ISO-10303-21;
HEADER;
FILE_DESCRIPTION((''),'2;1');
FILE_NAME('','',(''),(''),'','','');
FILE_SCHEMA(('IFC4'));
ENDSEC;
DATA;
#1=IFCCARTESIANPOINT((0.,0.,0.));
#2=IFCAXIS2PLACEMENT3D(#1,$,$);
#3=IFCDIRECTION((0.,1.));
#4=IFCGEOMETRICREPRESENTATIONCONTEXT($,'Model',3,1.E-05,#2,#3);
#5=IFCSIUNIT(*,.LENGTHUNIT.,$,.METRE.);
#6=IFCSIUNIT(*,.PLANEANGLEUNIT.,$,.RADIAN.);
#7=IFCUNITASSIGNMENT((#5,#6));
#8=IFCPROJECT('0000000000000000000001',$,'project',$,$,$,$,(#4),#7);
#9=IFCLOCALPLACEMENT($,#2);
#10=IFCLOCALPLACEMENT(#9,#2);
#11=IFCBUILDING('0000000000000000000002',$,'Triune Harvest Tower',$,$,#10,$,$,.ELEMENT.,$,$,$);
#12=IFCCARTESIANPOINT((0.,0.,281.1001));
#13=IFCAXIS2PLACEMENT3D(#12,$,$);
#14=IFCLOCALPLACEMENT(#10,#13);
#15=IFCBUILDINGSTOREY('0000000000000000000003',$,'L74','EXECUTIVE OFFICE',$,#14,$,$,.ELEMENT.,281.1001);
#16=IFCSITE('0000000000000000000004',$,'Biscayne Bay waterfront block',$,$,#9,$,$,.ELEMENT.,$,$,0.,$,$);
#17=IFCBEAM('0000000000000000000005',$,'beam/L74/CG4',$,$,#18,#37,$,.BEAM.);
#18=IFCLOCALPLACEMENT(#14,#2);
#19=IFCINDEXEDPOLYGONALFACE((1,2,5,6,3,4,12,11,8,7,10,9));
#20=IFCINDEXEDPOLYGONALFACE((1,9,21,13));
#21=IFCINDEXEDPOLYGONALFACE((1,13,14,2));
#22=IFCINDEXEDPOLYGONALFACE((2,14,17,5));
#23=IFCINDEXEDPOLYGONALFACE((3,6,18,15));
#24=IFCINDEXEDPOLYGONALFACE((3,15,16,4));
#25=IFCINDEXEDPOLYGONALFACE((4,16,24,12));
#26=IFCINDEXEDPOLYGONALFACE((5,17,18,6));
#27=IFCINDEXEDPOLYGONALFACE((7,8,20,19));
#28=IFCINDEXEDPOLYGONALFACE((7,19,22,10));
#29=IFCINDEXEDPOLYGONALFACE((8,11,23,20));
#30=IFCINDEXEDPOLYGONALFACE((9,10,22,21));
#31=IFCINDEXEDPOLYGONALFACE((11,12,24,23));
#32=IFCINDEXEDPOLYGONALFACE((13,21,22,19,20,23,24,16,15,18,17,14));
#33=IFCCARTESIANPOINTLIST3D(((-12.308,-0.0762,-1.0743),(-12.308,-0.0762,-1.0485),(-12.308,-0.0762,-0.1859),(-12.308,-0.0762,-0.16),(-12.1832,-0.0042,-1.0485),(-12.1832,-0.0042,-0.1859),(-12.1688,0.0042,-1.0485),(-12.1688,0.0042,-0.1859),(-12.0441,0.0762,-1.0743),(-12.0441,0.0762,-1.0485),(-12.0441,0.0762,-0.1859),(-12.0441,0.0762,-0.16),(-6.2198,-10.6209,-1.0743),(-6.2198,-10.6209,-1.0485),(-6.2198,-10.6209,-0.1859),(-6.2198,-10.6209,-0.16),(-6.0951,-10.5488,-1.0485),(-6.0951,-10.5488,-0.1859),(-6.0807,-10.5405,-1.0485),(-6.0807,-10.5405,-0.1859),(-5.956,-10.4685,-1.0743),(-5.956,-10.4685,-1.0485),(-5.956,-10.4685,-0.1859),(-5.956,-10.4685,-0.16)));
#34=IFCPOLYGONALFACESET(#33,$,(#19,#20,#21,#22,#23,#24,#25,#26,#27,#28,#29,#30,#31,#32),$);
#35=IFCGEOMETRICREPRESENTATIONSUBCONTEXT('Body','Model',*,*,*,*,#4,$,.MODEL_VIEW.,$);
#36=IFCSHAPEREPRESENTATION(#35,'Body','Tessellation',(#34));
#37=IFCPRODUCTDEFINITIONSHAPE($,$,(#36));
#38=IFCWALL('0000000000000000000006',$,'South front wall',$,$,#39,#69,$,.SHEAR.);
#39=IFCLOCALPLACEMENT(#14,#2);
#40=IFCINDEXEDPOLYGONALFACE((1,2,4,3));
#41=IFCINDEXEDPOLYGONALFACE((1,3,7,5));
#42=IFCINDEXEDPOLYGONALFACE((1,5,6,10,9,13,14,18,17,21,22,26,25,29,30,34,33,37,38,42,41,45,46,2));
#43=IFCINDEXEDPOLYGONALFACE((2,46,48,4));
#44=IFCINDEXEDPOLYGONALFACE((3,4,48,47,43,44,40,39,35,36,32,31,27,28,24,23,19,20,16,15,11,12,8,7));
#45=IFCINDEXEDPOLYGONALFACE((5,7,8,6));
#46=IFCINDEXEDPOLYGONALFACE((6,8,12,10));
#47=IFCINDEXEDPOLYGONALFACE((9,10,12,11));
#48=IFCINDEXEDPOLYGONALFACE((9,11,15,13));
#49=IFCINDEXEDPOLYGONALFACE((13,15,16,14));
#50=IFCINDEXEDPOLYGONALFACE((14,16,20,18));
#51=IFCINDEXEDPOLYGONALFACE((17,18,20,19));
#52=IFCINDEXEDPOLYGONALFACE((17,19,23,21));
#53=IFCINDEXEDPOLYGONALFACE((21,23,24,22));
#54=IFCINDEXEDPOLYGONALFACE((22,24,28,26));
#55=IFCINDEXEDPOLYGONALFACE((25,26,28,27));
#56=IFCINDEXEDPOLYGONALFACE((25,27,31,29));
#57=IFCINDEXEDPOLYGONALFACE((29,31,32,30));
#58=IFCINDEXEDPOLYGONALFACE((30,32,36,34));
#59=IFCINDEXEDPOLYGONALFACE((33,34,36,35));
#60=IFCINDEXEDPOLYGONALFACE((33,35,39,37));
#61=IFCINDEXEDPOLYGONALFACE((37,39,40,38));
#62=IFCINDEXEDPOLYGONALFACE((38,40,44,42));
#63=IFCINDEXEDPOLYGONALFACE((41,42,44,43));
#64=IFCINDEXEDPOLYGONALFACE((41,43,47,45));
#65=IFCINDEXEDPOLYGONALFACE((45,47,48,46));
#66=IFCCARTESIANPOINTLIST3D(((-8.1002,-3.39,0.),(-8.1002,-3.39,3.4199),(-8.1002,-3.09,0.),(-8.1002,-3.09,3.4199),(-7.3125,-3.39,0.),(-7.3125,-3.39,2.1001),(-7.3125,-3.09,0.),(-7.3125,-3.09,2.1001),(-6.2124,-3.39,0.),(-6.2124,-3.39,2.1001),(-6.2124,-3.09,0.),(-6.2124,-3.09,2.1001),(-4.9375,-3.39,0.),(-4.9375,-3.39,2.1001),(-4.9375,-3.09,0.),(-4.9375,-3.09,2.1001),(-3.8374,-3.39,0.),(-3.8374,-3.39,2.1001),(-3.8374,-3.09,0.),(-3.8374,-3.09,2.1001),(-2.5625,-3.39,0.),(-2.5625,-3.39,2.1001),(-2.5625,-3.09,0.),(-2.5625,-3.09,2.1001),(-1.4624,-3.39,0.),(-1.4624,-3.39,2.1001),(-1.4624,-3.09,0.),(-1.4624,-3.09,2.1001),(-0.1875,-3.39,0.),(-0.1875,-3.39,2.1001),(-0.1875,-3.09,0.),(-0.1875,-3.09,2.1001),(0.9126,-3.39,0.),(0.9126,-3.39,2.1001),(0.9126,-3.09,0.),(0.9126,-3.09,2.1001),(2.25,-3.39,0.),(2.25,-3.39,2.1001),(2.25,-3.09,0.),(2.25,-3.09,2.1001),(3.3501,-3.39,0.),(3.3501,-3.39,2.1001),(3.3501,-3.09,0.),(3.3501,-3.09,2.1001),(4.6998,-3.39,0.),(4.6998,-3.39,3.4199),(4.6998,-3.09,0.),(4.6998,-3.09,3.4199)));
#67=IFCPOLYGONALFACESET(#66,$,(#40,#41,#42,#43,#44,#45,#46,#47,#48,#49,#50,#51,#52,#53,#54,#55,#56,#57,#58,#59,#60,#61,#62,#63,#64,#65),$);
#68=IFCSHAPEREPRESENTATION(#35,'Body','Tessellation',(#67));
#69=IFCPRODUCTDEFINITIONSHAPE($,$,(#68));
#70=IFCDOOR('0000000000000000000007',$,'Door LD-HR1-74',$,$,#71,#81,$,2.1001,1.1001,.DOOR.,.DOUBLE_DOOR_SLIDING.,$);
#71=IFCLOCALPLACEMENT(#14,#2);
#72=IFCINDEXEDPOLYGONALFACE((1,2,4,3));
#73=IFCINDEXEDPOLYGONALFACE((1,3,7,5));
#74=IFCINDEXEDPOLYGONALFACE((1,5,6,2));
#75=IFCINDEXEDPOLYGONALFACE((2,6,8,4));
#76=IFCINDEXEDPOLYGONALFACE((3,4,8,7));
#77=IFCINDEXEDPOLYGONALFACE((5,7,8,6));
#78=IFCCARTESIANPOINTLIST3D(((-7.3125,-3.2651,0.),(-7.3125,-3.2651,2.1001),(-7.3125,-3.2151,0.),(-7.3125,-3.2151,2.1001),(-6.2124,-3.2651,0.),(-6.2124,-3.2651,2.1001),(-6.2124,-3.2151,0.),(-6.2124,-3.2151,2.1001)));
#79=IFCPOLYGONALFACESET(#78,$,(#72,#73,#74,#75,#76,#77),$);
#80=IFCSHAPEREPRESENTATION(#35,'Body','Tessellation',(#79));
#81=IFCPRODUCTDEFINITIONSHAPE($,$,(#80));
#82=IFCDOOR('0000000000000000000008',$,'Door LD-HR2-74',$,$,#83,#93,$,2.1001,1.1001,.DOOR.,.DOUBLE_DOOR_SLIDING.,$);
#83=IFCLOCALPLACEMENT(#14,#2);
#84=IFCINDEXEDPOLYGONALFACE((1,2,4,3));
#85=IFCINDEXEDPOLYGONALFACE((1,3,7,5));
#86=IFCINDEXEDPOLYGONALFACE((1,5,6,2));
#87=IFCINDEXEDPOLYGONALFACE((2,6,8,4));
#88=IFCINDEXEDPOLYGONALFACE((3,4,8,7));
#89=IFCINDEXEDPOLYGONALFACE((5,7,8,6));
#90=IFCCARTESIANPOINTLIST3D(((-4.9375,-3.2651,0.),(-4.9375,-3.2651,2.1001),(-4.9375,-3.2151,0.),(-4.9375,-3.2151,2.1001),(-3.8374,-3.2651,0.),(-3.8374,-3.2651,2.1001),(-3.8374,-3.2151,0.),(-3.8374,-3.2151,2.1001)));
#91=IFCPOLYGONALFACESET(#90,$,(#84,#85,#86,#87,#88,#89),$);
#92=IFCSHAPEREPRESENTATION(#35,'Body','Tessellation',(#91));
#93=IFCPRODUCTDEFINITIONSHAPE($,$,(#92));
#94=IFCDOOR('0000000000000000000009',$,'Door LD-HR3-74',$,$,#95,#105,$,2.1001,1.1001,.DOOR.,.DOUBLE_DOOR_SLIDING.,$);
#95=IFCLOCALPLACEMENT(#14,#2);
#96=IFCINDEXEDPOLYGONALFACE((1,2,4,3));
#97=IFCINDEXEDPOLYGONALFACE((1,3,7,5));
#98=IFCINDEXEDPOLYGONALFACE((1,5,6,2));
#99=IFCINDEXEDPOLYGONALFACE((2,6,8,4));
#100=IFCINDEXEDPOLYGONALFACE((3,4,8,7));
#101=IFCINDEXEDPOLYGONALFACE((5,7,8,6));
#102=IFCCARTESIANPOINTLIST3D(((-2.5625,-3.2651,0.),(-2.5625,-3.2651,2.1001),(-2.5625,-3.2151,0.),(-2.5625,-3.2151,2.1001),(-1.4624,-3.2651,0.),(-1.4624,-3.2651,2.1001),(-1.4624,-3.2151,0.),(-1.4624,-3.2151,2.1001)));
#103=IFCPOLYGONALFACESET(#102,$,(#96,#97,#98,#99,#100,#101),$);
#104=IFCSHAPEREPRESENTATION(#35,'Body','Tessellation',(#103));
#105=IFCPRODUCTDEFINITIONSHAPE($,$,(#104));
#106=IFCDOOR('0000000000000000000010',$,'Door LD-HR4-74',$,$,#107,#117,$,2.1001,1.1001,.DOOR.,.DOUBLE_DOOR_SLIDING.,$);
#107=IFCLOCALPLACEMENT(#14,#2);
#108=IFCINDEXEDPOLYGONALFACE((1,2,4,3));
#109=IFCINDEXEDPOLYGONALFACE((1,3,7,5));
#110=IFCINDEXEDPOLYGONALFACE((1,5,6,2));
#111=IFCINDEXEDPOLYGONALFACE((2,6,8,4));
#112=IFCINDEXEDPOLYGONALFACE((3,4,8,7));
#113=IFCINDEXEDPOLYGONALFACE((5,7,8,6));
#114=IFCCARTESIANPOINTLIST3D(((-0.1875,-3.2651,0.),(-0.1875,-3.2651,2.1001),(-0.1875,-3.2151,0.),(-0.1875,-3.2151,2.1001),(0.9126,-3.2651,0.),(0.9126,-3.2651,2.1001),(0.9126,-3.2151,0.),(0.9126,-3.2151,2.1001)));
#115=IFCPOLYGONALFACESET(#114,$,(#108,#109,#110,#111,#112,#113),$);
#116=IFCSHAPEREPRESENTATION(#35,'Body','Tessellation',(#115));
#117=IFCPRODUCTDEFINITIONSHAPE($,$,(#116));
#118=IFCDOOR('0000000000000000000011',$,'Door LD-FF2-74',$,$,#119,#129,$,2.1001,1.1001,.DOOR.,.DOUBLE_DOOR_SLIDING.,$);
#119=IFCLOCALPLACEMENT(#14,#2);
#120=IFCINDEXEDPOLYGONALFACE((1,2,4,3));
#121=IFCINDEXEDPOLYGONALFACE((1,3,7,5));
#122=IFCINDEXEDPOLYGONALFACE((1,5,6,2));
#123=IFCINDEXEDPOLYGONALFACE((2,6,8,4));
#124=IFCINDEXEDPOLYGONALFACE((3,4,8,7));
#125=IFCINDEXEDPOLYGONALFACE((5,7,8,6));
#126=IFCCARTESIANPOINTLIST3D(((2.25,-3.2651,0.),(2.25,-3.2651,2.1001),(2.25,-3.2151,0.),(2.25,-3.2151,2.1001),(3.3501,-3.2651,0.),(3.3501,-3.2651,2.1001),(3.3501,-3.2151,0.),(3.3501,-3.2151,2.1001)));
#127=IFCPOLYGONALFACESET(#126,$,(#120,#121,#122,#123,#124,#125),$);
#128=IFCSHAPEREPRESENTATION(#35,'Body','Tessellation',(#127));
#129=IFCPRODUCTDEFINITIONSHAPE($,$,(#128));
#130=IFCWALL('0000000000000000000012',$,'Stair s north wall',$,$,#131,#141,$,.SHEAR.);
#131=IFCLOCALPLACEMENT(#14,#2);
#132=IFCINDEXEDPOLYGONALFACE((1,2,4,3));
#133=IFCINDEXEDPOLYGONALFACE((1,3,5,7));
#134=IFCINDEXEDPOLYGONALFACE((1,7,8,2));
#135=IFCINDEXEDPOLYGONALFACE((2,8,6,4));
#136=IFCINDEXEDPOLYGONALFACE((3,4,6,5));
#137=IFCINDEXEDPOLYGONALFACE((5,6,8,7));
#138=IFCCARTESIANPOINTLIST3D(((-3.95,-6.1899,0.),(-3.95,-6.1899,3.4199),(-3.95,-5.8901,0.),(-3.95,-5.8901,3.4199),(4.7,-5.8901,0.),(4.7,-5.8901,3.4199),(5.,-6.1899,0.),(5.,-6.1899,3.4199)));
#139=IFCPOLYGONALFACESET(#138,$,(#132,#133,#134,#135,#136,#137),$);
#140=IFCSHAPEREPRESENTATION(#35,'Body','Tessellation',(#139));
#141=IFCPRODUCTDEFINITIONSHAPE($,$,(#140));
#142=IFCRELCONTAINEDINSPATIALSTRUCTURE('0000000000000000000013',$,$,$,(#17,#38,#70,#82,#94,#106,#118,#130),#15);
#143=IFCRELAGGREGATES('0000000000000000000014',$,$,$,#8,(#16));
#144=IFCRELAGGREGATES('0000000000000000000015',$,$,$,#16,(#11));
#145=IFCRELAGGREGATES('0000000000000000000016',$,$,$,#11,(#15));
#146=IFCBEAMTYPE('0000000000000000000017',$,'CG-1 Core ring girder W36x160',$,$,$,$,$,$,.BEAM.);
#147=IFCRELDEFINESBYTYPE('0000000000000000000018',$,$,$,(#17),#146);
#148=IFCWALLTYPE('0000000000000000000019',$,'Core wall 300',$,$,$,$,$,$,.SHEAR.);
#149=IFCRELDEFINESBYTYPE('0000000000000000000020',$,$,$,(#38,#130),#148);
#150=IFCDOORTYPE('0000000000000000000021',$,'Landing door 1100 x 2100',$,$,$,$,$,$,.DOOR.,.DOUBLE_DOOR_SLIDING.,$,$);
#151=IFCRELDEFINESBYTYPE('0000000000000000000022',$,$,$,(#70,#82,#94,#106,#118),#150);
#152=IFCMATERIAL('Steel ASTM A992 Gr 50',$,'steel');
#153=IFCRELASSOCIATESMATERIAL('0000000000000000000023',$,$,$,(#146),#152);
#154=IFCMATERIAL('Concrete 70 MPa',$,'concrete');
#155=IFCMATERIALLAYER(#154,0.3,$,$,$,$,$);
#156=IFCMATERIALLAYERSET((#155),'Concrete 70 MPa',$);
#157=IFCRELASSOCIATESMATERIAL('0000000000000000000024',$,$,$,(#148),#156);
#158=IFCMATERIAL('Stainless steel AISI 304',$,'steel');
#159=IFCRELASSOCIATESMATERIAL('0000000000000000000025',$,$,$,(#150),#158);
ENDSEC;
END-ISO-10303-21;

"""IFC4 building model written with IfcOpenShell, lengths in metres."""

from ifc_helpers import new_model, si_unit, direction, frame, frame_2d, origin, origin_2d, place, context, subcontext, project, spatial, polyline, rectangle, i_section, outline, extrude, source, transform, mapped, material, layer, layer_set, material_profile, profile_set, type_object, element, fill, save


model = new_model("IFC4")

# Units and contexts
model_context = context("Model", 3, precision=1e-05, world=origin(), true_north=direction((0.0, 1.0)))
body_context = subcontext(model_context, "Body", "Model", "MODEL_VIEW")
ifc_project = project(units=[si_unit("LENGTHUNIT", "METRE"), si_unit("PLANEANGLEUNIT", "RADIAN")], contexts=[model_context])

# Site, building, storey
site_placement = place(None, origin())
site = spatial("IfcSite", under=ifc_project, at=site_placement, Name="Biscayne Bay waterfront block", CompositionType="ELEMENT", RefElevation=0.0)
building_placement = place(site_placement, origin())
building = spatial("IfcBuilding", under=site, at=building_placement, Name="Triune Harvest Tower", CompositionType="ELEMENT")
storey_placement = place(building_placement, frame((0.0, 0.0, 281.1001)))
storey = spatial("IfcBuildingStorey", under=building, at=storey_placement, Name="L74", Description="EXECUTIVE OFFICE", CompositionType="ELEMENT", Elevation=281.1001)

# Beam
ifc_material_1 = material(Name="Steel ASTM A992 Gr 50", Category="steel")
ifc_material_profile = material_profile(ifc_material_1, i_section(OverallWidth=0.3047, OverallDepth=0.9143, WebThickness=0.0166, FlangeThickness=0.0259, at=origin_2d()), Name="W36x160")
ifc_profile_set = profile_set([ifc_material_profile], Name="Steel ASTM A992 Gr 50")
beam_type = type_object("IfcBeamType", Name="CG-1 Core ring girder W36x160", PredefinedType="BEAM", material=ifc_profile_set)
shared_shape_1 = source(origin(), body_context, "Body", "SweptSolid", [
    extrude(i_section(OverallWidth=0.3047, OverallDepth=0.9143, WebThickness=0.0166, FlangeThickness=0.0259, at=origin_2d()), origin(), (0.0, 0.0, 1.0), 12.176),
])
beam_placement = place(storey_placement, frame((-12.176, 0.0, -0.6172), z_axis=(0.50001, -0.86602, 0.0), x_axis=(0.86602, 0.50001, 0.0)))
element("IfcBeam", 1, at=beam_placement, inside=storey, type_object=beam_type, Name="beam/L74/CG4", PredefinedType="BEAM", context=body_context, shape_type="MappedRepresentation", body=[
    mapped(shared_shape_1, transform((0.0, 0.0, 0.0), scale=1.0)),
])

# Wall, openings, doors
ifc_material_2 = material(Name="Concrete 70 MPa", Category="concrete")
ifc_layer_1 = layer(ifc_material_2, 0.3)
ifc_layer_set_1 = layer_set([ifc_layer_1], Name="Concrete 70 MPa")
wall_type_1 = type_object("IfcWallType", Name="Core wall 300", PredefinedType="SHEAR", material=ifc_layer_set_1)
wall_1_placement = place(storey_placement, frame((-8.1001, -3.24, 0.0), z_axis=(0.0, 0.0, 1.0), x_axis=(1.0, 0.0, 0.0)))
wall_1 = element("IfcWall", 2, at=wall_1_placement, inside=storey, type_object=wall_type_1, Name="South front wall", PredefinedType="SHEAR", context=body_context, shape_type="SweptSolid", body=[
    extrude(rectangle(XDim=12.8, YDim=0.3, at=frame_2d((6.3999, 0.0))), origin(), (0.0, 0.0, 1.0), 3.4199),
])
opening_1_placement = place(wall_1_placement, frame((0.7876, 0.0, 0.0)))
opening_1 = element("IfcOpeningElement", 3, at=opening_1_placement, cuts=wall_1, PredefinedType="OPENING", context=body_context, shape_type="SweptSolid", body=[
    extrude(rectangle(XDim=1.1001, YDim=2.1001, at=frame_2d((0.55, 1.05))), frame((0.0, 0.1602, 0.0), z_axis=(0.0, -1.0, 0.0), x_axis=(1.0, 0.0, 0.0)), (0.0, 0.0, 1.0), 0.3201),
])
opening_2_placement = place(wall_1_placement, frame((3.1626, 0.0, 0.0)))
opening_2 = element("IfcOpeningElement", 4, at=opening_2_placement, cuts=wall_1, PredefinedType="OPENING", context=body_context, shape_type="SweptSolid", body=[
    extrude(rectangle(XDim=1.1001, YDim=2.1001, at=frame_2d((0.55, 1.05))), frame((0.0, 0.1602, 0.0), z_axis=(0.0, -1.0, 0.0), x_axis=(1.0, 0.0, 0.0)), (0.0, 0.0, 1.0), 0.3201),
])
opening_3_placement = place(wall_1_placement, frame((5.5376, 0.0, 0.0)))
opening_3 = element("IfcOpeningElement", 5, at=opening_3_placement, cuts=wall_1, PredefinedType="OPENING", context=body_context, shape_type="SweptSolid", body=[
    extrude(rectangle(XDim=1.1001, YDim=2.1001, at=frame_2d((0.55, 1.05))), frame((0.0, 0.1602, 0.0), z_axis=(0.0, -1.0, 0.0), x_axis=(1.0, 0.0, 0.0)), (0.0, 0.0, 1.0), 0.3201),
])
opening_4_placement = place(wall_1_placement, frame((7.9126, 0.0, 0.0)))
opening_4 = element("IfcOpeningElement", 6, at=opening_4_placement, cuts=wall_1, PredefinedType="OPENING", context=body_context, shape_type="SweptSolid", body=[
    extrude(rectangle(XDim=1.1001, YDim=2.1001, at=frame_2d((0.55, 1.05))), frame((0.0, 0.1602, 0.0), z_axis=(0.0, -1.0, 0.0), x_axis=(1.0, 0.0, 0.0)), (0.0, 0.0, 1.0), 0.3201),
])
opening_5_placement = place(wall_1_placement, frame((10.3501, 0.0, 0.0)))
opening_5 = element("IfcOpeningElement", 7, at=opening_5_placement, cuts=wall_1, PredefinedType="OPENING", context=body_context, shape_type="SweptSolid", body=[
    extrude(rectangle(XDim=1.1001, YDim=2.1001, at=frame_2d((0.55, 1.05))), frame((0.0, 0.1602, 0.0), z_axis=(0.0, -1.0, 0.0), x_axis=(1.0, 0.0, 0.0)), (0.0, 0.0, 1.0), 0.3201),
])
ifc_material_3 = material(Name="Stainless steel AISI 304", Category="steel")
door_type_1 = type_object("IfcDoorType", Name="Landing door 1100 x 2100", OperationType="DOUBLE_DOOR_SLIDING", PredefinedType="DOOR", material=ifc_material_3)
door_1_placement = place(opening_1_placement, origin())
door_1 = element("IfcDoor", 8, at=door_1_placement, inside=storey, type_object=door_type_1, Name="Door LD-HR1-74", OperationType="DOUBLE_DOOR_SLIDING", OverallHeight=2.1001, OverallWidth=1.1001, PredefinedType="DOOR", context=body_context, shape_type="SweptSolid", body=[
    extrude(rectangle(XDim=1.1001, YDim=2.1001, at=frame_2d((0.55, 1.05))), frame((0.0, 0.0249, 0.0), z_axis=(0.0, -1.0, 0.0), x_axis=(1.0, 0.0, 0.0)), (0.0, 0.0, 1.0), 0.05),
])
fill(opening_1, door_1)
door_2_placement = place(opening_2_placement, origin())
door_2 = element("IfcDoor", 9, at=door_2_placement, inside=storey, type_object=door_type_1, Name="Door LD-HR2-74", OperationType="DOUBLE_DOOR_SLIDING", OverallHeight=2.1001, OverallWidth=1.1001, PredefinedType="DOOR", context=body_context, shape_type="SweptSolid", body=[
    extrude(rectangle(XDim=1.1001, YDim=2.1001, at=frame_2d((0.55, 1.05))), frame((0.0, 0.0249, 0.0), z_axis=(0.0, -1.0, 0.0), x_axis=(1.0, 0.0, 0.0)), (0.0, 0.0, 1.0), 0.05),
])
fill(opening_2, door_2)
door_3_placement = place(opening_3_placement, origin())
door_3 = element("IfcDoor", 10, at=door_3_placement, inside=storey, type_object=door_type_1, Name="Door LD-HR3-74", OperationType="DOUBLE_DOOR_SLIDING", OverallHeight=2.1001, OverallWidth=1.1001, PredefinedType="DOOR", context=body_context, shape_type="SweptSolid", body=[
    extrude(rectangle(XDim=1.1001, YDim=2.1001, at=frame_2d((0.55, 1.05))), frame((0.0, 0.0249, 0.0), z_axis=(0.0, -1.0, 0.0), x_axis=(1.0, 0.0, 0.0)), (0.0, 0.0, 1.0), 0.05),
])
fill(opening_3, door_3)
door_4_placement = place(opening_4_placement, origin())
door_4 = element("IfcDoor", 11, at=door_4_placement, inside=storey, type_object=door_type_1, Name="Door LD-HR4-74", OperationType="DOUBLE_DOOR_SLIDING", OverallHeight=2.1001, OverallWidth=1.1001, PredefinedType="DOOR", context=body_context, shape_type="SweptSolid", body=[
    extrude(rectangle(XDim=1.1001, YDim=2.1001, at=frame_2d((0.55, 1.05))), frame((0.0, 0.0249, 0.0), z_axis=(0.0, -1.0, 0.0), x_axis=(1.0, 0.0, 0.0)), (0.0, 0.0, 1.0), 0.05),
])
fill(opening_4, door_4)
door_5_placement = place(opening_5_placement, origin())
door_5 = element("IfcDoor", 12, at=door_5_placement, inside=storey, type_object=door_type_1, Name="Door LD-FF2-74", OperationType="DOUBLE_DOOR_SLIDING", OverallHeight=2.1001, OverallWidth=1.1001, PredefinedType="DOOR", context=body_context, shape_type="SweptSolid", body=[
    extrude(rectangle(XDim=1.1001, YDim=2.1001, at=frame_2d((0.55, 1.05))), frame((0.0, 0.0249, 0.0), z_axis=(0.0, -1.0, 0.0), x_axis=(1.0, 0.0, 0.0)), (0.0, 0.0, 1.0), 0.05),
])
fill(opening_5, door_5)

# Wall
wall_2_placement = place(storey_placement, frame((-3.95, -6.04, 0.0), z_axis=(0.0, 0.0, 1.0), x_axis=(1.0, 0.0, 0.0)))
element("IfcWall", 13, at=wall_2_placement, inside=storey, type_object=wall_type_1, Name="Stair s north wall", PredefinedType="SHEAR", context=body_context, shape_type="SweptSolid", body=[
    extrude(outline(polyline([(0.0, -0.1499), (8.95, -0.1499), (8.6499, 0.1499), (0.0, 0.1499), (0.0, -0.1499)])), origin(), (0.0, 0.0, 1.0), 3.4199),
])

save(model, "model.ifc")
